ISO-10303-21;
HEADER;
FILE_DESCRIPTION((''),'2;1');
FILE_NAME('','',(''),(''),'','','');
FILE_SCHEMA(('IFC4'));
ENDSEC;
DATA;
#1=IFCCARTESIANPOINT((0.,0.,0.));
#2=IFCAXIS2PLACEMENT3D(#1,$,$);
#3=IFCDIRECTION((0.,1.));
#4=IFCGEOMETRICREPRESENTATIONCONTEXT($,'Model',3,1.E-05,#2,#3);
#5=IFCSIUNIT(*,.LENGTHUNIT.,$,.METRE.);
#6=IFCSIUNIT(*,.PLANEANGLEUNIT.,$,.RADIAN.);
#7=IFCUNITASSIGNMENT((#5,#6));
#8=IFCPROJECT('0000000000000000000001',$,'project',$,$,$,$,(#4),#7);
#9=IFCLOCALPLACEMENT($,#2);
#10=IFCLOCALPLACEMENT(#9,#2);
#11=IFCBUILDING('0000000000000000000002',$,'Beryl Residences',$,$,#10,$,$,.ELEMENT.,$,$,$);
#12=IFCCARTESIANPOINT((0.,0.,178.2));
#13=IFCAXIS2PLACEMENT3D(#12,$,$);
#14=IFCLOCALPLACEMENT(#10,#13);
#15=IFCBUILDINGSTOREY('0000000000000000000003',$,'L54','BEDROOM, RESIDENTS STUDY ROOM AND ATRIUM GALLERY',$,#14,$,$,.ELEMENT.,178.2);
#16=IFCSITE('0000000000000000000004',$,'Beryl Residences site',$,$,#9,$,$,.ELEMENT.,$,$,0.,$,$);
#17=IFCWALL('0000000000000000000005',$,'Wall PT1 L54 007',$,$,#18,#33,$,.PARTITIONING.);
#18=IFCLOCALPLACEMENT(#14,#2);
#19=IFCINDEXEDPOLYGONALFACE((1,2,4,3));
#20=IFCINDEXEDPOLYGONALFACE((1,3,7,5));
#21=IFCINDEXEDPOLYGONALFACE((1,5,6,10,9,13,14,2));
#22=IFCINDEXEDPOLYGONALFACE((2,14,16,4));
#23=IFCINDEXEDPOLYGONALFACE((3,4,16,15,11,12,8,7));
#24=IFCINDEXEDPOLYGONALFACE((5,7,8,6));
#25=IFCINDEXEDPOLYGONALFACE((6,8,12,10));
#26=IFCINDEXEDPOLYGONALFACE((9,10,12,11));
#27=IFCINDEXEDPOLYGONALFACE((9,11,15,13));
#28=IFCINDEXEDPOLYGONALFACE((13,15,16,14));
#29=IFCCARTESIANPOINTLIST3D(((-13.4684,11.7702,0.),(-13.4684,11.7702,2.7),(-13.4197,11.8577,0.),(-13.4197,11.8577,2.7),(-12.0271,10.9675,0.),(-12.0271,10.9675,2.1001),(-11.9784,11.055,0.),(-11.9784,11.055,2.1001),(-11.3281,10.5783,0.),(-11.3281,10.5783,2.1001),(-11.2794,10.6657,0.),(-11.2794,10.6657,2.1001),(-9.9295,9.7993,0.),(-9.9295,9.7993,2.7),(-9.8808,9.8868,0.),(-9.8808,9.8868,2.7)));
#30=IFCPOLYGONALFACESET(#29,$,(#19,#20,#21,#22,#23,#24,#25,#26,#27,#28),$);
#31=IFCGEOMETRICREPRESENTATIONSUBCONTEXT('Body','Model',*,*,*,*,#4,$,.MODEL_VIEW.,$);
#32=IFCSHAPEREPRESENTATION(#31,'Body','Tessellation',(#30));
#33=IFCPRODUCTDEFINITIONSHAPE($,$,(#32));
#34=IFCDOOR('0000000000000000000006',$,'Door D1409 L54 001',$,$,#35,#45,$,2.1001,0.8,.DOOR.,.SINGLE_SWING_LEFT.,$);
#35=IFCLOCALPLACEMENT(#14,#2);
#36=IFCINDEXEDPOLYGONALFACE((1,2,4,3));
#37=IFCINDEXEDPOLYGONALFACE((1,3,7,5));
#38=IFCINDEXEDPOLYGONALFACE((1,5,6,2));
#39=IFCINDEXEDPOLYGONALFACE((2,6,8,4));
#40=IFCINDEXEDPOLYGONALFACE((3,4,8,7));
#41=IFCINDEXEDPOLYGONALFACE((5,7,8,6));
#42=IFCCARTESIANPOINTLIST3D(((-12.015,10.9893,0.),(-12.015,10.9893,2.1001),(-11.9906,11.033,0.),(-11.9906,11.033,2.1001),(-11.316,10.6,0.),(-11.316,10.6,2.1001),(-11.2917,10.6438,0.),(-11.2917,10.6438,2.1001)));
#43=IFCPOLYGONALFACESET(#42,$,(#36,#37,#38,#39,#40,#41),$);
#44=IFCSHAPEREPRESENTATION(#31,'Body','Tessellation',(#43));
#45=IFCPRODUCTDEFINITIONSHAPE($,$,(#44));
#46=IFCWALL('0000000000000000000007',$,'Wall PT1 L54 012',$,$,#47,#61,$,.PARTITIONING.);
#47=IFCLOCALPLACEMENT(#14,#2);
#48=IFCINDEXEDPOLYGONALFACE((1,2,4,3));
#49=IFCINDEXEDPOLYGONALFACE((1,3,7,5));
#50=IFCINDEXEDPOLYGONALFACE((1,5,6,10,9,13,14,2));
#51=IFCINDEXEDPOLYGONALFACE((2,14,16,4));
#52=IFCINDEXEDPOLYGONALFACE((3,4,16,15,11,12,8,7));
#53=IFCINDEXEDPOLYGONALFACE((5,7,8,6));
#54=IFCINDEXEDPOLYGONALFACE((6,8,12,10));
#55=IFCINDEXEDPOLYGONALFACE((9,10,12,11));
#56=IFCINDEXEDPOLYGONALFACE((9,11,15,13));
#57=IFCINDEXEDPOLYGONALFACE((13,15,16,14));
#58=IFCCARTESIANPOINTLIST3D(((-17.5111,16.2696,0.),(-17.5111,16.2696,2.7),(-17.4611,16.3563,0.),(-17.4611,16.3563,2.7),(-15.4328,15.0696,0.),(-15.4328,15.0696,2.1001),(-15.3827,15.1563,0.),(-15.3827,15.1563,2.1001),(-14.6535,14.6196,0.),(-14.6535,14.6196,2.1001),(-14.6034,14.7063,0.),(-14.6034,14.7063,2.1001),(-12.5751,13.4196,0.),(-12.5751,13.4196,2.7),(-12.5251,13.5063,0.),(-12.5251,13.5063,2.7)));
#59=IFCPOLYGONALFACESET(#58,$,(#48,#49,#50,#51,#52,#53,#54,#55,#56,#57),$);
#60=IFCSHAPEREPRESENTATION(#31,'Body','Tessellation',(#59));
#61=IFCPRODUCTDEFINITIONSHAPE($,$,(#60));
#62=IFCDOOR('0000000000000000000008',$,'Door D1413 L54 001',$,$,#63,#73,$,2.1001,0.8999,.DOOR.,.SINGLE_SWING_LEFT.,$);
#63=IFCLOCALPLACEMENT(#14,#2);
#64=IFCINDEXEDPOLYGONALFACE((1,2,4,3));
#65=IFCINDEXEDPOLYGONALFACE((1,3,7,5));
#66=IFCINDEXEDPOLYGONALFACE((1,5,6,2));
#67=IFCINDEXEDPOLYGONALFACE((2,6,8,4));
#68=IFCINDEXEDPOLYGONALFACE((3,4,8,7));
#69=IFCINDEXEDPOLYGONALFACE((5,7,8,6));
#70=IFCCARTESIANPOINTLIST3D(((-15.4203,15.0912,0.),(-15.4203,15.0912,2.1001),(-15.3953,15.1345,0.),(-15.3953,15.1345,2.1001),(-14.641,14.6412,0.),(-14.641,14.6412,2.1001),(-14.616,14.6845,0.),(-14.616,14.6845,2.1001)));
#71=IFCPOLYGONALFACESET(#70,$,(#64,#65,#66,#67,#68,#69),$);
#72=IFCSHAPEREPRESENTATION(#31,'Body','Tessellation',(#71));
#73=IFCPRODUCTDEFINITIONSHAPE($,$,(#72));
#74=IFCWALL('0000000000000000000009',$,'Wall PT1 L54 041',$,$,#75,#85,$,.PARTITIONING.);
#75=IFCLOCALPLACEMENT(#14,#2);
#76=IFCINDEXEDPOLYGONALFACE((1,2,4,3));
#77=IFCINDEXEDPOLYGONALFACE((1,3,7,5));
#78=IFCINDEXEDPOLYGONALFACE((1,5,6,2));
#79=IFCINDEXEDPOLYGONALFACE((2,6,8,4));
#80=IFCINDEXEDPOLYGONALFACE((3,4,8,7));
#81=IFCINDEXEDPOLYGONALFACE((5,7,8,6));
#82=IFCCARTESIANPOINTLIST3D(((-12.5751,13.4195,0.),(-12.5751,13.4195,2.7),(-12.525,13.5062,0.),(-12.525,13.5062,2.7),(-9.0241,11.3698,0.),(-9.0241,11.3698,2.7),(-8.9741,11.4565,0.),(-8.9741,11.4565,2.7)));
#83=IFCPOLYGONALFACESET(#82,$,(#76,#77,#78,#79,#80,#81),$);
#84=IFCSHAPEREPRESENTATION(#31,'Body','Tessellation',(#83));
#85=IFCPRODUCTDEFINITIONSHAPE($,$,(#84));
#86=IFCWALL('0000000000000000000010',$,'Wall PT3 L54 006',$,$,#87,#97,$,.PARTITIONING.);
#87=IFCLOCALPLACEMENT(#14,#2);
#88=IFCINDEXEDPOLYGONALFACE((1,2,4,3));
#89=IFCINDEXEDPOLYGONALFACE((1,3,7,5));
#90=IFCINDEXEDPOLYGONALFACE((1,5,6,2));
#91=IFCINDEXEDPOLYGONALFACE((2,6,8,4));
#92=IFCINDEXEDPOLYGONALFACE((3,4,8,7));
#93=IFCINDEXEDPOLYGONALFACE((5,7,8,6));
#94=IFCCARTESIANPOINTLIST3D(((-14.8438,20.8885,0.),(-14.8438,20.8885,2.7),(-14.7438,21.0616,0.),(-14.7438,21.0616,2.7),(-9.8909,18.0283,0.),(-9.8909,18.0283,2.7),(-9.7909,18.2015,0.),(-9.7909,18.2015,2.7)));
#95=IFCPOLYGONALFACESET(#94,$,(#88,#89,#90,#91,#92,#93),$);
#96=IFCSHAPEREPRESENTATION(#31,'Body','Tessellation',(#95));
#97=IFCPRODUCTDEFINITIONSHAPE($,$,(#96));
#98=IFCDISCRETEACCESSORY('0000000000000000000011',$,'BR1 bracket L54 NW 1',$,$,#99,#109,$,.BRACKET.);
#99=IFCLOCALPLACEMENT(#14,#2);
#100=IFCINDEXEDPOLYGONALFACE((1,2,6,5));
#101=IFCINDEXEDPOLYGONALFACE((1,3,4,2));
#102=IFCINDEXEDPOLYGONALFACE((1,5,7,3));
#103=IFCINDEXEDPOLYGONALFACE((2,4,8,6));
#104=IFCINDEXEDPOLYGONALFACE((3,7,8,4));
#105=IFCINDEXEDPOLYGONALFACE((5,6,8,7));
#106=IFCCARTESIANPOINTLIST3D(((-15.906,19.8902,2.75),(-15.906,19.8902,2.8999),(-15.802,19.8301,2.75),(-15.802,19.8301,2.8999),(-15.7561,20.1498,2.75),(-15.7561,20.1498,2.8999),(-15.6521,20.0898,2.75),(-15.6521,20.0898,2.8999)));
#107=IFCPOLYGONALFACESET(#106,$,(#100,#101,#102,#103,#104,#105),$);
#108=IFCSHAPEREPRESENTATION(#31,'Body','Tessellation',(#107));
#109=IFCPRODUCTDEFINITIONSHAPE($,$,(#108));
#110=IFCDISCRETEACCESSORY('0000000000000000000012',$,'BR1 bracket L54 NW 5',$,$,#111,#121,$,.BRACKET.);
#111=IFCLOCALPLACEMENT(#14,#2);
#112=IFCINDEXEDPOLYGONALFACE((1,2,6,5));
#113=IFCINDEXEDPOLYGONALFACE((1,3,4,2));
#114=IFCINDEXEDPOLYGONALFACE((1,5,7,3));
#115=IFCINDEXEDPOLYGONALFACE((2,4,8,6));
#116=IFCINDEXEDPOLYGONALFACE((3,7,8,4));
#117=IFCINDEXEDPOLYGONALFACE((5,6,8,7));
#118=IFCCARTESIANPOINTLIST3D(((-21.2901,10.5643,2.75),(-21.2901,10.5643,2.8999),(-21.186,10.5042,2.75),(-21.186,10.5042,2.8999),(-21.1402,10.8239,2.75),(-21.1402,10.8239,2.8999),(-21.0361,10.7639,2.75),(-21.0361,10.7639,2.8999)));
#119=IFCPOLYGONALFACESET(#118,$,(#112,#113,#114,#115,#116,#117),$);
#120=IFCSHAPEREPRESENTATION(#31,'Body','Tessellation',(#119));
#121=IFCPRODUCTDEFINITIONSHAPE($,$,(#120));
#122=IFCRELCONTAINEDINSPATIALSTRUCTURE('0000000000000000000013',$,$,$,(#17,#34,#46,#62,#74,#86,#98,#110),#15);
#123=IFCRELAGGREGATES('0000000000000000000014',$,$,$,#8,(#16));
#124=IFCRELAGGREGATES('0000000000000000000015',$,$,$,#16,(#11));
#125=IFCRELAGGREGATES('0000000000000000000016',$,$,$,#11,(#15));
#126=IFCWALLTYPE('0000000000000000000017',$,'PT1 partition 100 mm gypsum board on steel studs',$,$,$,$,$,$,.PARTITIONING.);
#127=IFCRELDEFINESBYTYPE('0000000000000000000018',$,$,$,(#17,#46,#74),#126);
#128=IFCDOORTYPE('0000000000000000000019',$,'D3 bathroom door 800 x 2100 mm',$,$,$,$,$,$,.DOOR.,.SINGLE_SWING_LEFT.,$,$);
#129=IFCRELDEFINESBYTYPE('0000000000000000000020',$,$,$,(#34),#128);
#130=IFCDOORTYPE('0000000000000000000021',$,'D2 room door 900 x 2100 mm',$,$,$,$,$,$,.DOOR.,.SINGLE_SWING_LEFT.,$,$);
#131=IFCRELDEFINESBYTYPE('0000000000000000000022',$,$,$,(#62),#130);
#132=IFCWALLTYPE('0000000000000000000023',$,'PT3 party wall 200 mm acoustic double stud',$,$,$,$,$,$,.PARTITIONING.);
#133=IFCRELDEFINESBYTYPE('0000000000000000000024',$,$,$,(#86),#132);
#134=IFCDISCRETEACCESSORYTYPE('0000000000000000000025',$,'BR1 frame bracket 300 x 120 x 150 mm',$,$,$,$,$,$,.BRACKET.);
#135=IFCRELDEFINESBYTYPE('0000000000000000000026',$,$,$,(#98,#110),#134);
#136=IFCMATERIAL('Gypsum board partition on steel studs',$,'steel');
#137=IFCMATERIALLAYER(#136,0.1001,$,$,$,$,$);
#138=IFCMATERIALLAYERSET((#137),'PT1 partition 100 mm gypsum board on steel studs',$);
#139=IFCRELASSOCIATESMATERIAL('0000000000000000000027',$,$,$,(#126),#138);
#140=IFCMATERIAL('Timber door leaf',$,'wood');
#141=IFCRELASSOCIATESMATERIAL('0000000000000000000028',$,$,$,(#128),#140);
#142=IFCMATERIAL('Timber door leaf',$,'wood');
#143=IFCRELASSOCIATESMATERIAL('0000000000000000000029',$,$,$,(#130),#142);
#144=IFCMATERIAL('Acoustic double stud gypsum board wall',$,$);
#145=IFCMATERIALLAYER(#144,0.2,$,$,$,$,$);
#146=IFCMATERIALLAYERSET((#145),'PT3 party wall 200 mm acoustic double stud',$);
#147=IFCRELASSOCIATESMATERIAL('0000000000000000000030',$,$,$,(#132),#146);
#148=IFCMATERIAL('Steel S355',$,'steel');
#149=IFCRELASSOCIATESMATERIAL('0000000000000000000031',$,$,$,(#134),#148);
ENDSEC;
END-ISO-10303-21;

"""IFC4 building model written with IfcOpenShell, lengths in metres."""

from ifc_helpers import new_model, si_unit, direction, frame, frame_2d, origin, place, context, subcontext, project, spatial, polyline, rectangle, outline, extrude, source, transform, mapped, material, layer, layer_set, type_object, type_shapes, element, fill, save


model = new_model("IFC4")

# Units and contexts
model_context = context("Model", 3, precision=1e-05, world=origin(), true_north=direction((0.0, 1.0)))
body_context = subcontext(model_context, "Body", "Model", "MODEL_VIEW")
ifc_project = project(units=[si_unit("LENGTHUNIT", "METRE"), si_unit("PLANEANGLEUNIT", "RADIAN")], contexts=[model_context])

# Site, building, storey
site_placement = place(None, origin())
site = spatial("IfcSite", under=ifc_project, at=site_placement, Name="Beryl Residences site", CompositionType="ELEMENT", RefElevation=0.0)
building_placement = place(site_placement, origin())
building = spatial("IfcBuilding", under=site, at=building_placement, Name="Beryl Residences", CompositionType="ELEMENT")
storey_placement = place(building_placement, frame((0.0, 0.0, 178.2)))
storey = spatial("IfcBuildingStorey", under=building, at=storey_placement, Name="L54", Description="BEDROOM, RESIDENTS STUDY ROOM AND ATRIUM GALLERY", CompositionType="ELEMENT", Elevation=178.2)

# Walls, openings, doors
ifc_material_1 = material(Name="Gypsum board partition on steel studs", Category="steel")
ifc_layer_1 = layer(ifc_material_1, 0.1001)
ifc_layer_set_1 = layer_set([ifc_layer_1], Name="PT1 partition 100 mm gypsum board on steel studs")
wall_type_1 = type_object("IfcWallType", Name="PT1 partition 100 mm gypsum board on steel studs", PredefinedType="PARTITIONING", material=ifc_layer_set_1)
wall_1_placement = place(storey_placement, frame((-13.4441, 11.814, 0.0), z_axis=(0.0, 0.0, 1.0), x_axis=(0.873654, -0.486548, 0.0)))
wall_1 = element("IfcWall", 1, at=wall_1_placement, inside=storey, type_object=wall_type_1, Name="Wall PT1 L54 007", PredefinedType="PARTITIONING", context=body_context, shape_type="SweptSolid", body=[
    extrude(rectangle(XDim=4.0508, YDim=0.1001, at=frame_2d((2.0254, 0.0))), origin(), (0.0, 0.0, 1.0), 2.7),
])
opening_1_placement = place(wall_1_placement, frame((1.6499, 0.0, 0.0)))
opening_1 = element("IfcOpeningElement", 2, at=opening_1_placement, cuts=wall_1, PredefinedType="OPENING", context=body_context, shape_type="SweptSolid", body=[
    extrude(rectangle(XDim=0.8, YDim=2.1001, at=frame_2d((0.3999, 1.05))), frame((0.0, 0.0601, 0.0), z_axis=(0.0, -1.0, 0.0), x_axis=(1.0, 0.0, 0.0)), (0.0, 0.0, 1.0), 0.1201),
])
ifc_material_2 = material(Name="Timber door leaf", Category="wood")
door_type_1 = type_object("IfcDoorType", Name="D3 bathroom door 800 x 2100 mm", OperationType="SINGLE_SWING_LEFT", PredefinedType="DOOR", material=ifc_material_2)
door_1_placement = place(opening_1_placement, origin())
door_1 = element("IfcDoor", 3, at=door_1_placement, inside=storey, type_object=door_type_1, Name="Door D1409 L54 001", OperationType="SINGLE_SWING_LEFT", OverallHeight=2.1001, OverallWidth=0.8, PredefinedType="DOOR", context=body_context, shape_type="SweptSolid", body=[
    extrude(rectangle(XDim=0.8, YDim=2.1001, at=frame_2d((0.3999, 1.05))), frame((0.0, 0.0249, 0.0), z_axis=(0.0, -1.0, 0.0), x_axis=(1.0, 0.0, 0.0)), (0.0, 0.0, 1.0), 0.05),
])
fill(opening_1, door_1)
wall_2_placement = place(storey_placement, frame((-17.4861, 16.313, 0.0), z_axis=(0.0, 0.0, 1.0), x_axis=(0.866004, -0.500036, 0.0)))
wall_2 = element("IfcWall", 4, at=wall_2_placement, inside=storey, type_object=wall_type_1, Name="Wall PT1 L54 012", PredefinedType="PARTITIONING", context=body_context, shape_type="SweptSolid", body=[
    extrude(rectangle(XDim=5.6997, YDim=0.1001, at=frame_2d((2.8499, 0.0))), origin(), (0.0, 0.0, 1.0), 2.7),
])
opening_2_placement = place(wall_2_placement, frame((2.3999, 0.0, 0.0)))
opening_2 = element("IfcOpeningElement", 5, at=opening_2_placement, cuts=wall_2, PredefinedType="OPENING", context=body_context, shape_type="SweptSolid", body=[
    extrude(rectangle(XDim=0.8999, YDim=2.1001, at=frame_2d((0.45, 1.05))), frame((0.0, 0.0601, 0.0), z_axis=(0.0, -1.0, 0.0), x_axis=(1.0, 0.0, 0.0)), (0.0, 0.0, 1.0), 0.1201),
])
ifc_material_3 = material(Name="Timber door leaf", Category="wood")
door_type_2 = type_object("IfcDoorType", Name="D2 room door 900 x 2100 mm", OperationType="SINGLE_SWING_LEFT", PredefinedType="DOOR", material=ifc_material_3)
door_2_placement = place(opening_2_placement, origin())
door_2 = element("IfcDoor", 6, at=door_2_placement, inside=storey, type_object=door_type_2, Name="Door D1413 L54 001", OperationType="SINGLE_SWING_LEFT", OverallHeight=2.1001, OverallWidth=0.8999, PredefinedType="DOOR", context=body_context, shape_type="SweptSolid", body=[
    extrude(rectangle(XDim=0.8999, YDim=2.1001, at=frame_2d((0.45, 1.05))), frame((0.0, 0.0249, 0.0), z_axis=(0.0, -1.0, 0.0), x_axis=(1.0, 0.0, 0.0)), (0.0, 0.0, 1.0), 0.05),
])
fill(opening_2, door_2)

# Walls
wall_3_placement = place(storey_placement, frame((-12.55, 13.4629, 0.0), z_axis=(0.0, 0.0, 1.0), x_axis=(0.866066, -0.49993, 0.0)))
element("IfcWall", 7, at=wall_3_placement, inside=storey, type_object=wall_type_1, Name="Wall PT1 L54 041", PredefinedType="PARTITIONING", context=body_context, shape_type="SweptSolid", body=[
    extrude(rectangle(XDim=4.1001, YDim=0.1001, at=frame_2d((2.05, 0.0))), origin(), (0.0, 0.0, 1.0), 2.7),
])
ifc_material_4 = material(Name="Acoustic double stud gypsum board wall")
ifc_layer_2 = layer(ifc_material_4, 0.2)
ifc_layer_set_2 = layer_set([ifc_layer_2], Name="PT3 party wall 200 mm acoustic double stud")
wall_type_2 = type_object("IfcWallType", Name="PT3 party wall 200 mm acoustic double stud", PredefinedType="PARTITIONING", material=ifc_layer_set_2)
wall_4_placement = place(storey_placement, frame((-14.7939, 20.9751, 0.0), z_axis=(0.0, 0.0, 1.0), x_axis=(0.865983, -0.500073, 0.0)))
element("IfcWall", 8, at=wall_4_placement, inside=storey, type_object=wall_type_2, Name="Wall PT3 L54 006", PredefinedType="PARTITIONING", context=body_context, shape_type="SweptSolid", body=[
    extrude(rectangle(XDim=5.7195, YDim=0.2, at=frame_2d((2.8599, 0.0))), origin(), (0.0, 0.0, 1.0), 2.7),
])

# Discrete accessories
ifc_material_5 = material(Name="Steel S355", Category="steel")
discrete_accessory_type = type_object("IfcDiscreteAccessoryType", Name="BR1 frame bracket 300 x 120 x 150 mm", PredefinedType="BRACKET", material=ifc_material_5)
shared_shape_1 = source(origin(), body_context, "Body", "SweptSolid", [
    extrude(outline(polyline([(-0.1499, 0.0), (0.1499, 0.0), (0.1499, 0.1201), (-0.1499, 0.1201), (-0.1499, 0.0)])), origin(), (0.0, 0.0, 1.0), 0.1499),
])
type_shapes(discrete_accessory_type, [shared_shape_1])
for number, where, z_axis, x_axis, name in (
    (9, (-15.7271, 19.96, 2.75), (0.0, 0.0, 1.0), (0.5, 0.866025, 0.0), "BR1 bracket L54 NW 1"),
    (10, (-21.1111, 10.634, 2.75), (0.0, 0.0, 1.0), (0.5, 0.866025, 0.0), "BR1 bracket L54 NW 5"),
):
    element("IfcDiscreteAccessory", number, at=place(storey_placement, frame(where, z_axis=z_axis, x_axis=x_axis)), inside=storey, type_object=discrete_accessory_type, Name=name, PredefinedType="BRACKET", context=body_context, shape_type="MappedRepresentation", body=[
        mapped(shared_shape_1, transform((0.0, 0.0, 0.0))),
    ])

save(model, "model.ifc")
